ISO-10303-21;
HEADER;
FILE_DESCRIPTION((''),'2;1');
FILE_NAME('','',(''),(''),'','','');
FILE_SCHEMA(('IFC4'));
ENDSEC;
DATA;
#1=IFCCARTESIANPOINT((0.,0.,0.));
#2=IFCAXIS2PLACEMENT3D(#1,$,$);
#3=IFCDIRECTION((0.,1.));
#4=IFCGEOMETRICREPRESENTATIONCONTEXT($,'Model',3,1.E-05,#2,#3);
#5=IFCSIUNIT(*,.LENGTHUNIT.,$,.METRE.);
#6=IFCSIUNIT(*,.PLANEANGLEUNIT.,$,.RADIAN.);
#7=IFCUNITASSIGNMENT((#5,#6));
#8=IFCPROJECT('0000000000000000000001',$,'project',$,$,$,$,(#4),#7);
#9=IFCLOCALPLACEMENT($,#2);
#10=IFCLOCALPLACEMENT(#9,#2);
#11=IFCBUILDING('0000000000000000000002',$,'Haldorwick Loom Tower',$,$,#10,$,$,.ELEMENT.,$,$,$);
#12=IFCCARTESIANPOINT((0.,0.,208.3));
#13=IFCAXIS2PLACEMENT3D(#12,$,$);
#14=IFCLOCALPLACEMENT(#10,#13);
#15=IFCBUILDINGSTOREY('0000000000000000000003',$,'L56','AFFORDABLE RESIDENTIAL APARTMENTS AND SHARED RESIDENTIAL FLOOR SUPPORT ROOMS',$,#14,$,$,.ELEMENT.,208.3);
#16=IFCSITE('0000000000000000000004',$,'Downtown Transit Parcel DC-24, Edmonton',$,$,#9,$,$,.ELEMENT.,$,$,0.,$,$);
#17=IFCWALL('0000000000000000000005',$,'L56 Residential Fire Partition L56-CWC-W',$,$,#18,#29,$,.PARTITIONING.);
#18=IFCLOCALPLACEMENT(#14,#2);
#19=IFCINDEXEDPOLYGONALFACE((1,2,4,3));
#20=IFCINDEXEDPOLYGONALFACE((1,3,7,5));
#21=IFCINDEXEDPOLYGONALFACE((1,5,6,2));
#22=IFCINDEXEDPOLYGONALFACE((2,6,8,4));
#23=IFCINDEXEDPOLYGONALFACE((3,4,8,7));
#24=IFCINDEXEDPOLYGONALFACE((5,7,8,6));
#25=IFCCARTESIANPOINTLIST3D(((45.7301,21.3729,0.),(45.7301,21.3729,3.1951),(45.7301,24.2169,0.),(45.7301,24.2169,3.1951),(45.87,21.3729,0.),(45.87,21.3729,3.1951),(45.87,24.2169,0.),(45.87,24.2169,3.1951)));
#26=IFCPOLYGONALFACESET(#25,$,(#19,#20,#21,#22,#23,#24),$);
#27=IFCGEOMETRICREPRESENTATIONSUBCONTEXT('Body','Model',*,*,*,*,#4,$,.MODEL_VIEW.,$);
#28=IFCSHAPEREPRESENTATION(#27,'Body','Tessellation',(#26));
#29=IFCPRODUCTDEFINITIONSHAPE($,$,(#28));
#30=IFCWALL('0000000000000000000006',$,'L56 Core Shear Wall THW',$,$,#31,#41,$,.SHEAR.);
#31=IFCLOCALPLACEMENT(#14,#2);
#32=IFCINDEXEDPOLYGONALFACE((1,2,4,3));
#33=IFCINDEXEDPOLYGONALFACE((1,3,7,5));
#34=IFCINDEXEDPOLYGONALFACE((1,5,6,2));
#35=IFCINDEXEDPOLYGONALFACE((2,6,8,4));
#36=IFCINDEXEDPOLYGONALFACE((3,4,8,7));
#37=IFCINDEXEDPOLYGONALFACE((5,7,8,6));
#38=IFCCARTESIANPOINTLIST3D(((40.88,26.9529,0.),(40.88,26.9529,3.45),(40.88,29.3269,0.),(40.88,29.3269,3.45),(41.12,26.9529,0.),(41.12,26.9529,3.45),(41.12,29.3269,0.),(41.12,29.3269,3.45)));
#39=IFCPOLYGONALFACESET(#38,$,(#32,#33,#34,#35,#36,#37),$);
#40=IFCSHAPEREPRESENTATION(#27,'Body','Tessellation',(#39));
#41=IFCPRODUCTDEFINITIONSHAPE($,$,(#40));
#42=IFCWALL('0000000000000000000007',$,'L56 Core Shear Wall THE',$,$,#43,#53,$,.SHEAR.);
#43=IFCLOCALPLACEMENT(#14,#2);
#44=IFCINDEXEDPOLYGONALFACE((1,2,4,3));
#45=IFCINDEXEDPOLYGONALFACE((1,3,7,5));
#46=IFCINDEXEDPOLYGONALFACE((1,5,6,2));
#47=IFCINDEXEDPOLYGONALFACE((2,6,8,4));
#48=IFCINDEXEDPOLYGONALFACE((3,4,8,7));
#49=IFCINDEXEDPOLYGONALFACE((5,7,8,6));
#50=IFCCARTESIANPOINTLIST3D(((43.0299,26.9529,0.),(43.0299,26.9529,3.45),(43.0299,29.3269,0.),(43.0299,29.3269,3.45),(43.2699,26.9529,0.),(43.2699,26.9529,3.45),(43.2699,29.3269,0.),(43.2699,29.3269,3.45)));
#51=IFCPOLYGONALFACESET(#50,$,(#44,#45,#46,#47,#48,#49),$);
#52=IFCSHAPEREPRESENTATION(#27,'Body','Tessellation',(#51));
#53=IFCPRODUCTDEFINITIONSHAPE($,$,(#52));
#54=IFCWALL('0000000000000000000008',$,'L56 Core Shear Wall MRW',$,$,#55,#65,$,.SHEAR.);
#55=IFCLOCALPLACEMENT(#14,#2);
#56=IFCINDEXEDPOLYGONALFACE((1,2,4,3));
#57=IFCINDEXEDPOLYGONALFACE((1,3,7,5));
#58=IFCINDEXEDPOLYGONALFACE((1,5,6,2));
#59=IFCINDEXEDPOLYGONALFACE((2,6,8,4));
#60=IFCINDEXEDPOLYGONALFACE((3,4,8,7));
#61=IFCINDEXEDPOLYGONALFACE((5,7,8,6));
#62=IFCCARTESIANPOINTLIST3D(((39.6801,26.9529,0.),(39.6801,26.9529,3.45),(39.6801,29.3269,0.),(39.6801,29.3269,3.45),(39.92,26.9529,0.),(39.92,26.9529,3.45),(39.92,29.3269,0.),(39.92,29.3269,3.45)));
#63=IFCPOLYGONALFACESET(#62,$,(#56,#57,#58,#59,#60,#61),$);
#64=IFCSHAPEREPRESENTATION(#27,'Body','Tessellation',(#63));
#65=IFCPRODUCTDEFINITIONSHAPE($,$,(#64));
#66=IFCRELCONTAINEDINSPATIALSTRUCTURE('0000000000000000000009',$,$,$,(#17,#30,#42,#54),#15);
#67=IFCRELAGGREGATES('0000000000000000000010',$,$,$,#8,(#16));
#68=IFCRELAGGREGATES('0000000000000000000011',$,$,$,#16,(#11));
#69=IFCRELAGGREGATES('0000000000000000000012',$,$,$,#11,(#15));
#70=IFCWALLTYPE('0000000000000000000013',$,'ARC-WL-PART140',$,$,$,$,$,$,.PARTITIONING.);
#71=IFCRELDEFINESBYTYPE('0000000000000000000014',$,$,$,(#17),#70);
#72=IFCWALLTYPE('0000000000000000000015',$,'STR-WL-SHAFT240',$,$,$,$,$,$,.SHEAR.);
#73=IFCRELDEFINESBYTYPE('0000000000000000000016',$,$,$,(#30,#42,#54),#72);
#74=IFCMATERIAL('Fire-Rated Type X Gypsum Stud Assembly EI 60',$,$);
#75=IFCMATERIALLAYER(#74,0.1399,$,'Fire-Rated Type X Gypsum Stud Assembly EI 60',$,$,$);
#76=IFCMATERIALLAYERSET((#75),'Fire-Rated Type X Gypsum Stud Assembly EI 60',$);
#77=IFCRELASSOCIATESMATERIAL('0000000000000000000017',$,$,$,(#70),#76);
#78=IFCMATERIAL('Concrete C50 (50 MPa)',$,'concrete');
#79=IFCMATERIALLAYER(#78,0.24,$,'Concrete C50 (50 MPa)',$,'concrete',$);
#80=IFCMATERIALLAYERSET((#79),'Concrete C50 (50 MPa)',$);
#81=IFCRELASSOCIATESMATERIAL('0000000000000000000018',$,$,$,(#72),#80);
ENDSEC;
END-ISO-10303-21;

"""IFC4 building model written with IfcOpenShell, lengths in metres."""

from ifc_helpers import new_model, si_unit, direction, frame, frame_2d, origin, place, context, subcontext, project, spatial, rectangle, extrude, material, layer, layer_set, type_object, element, save


model = new_model("IFC4")

# Units and contexts
model_context = context("Model", 3, precision=1e-05, world=origin(), true_north=direction((0.0, 1.0)))
body_context = subcontext(model_context, "Body", "Model", "MODEL_VIEW")
ifc_project = project(units=[si_unit("LENGTHUNIT", "METRE"), si_unit("PLANEANGLEUNIT", "RADIAN")], contexts=[model_context])

# Site, building, storey
site_placement = place(None, origin())
site = spatial("IfcSite", under=ifc_project, at=site_placement, Name="Downtown Transit Parcel DC-24, Edmonton", CompositionType="ELEMENT", RefElevation=0.0)
building_placement = place(site_placement, origin())
building = spatial("IfcBuilding", under=site, at=building_placement, Name="Haldorwick Loom Tower", CompositionType="ELEMENT")
storey_placement = place(building_placement, frame((0.0, 0.0, 208.3)))
storey = spatial("IfcBuildingStorey", under=building, at=storey_placement, Name="L56", Description="AFFORDABLE RESIDENTIAL APARTMENTS AND SHARED RESIDENTIAL FLOOR SUPPORT ROOMS", CompositionType="ELEMENT", Elevation=208.3)

# Shared definitions
ifc_material_1 = material(Name="Concrete C50 (50 MPa)", Category="concrete")

# Walls
ifc_material_2 = material(Name="Fire-Rated Type X Gypsum Stud Assembly EI 60")
ifc_layer_1 = layer(ifc_material_2, 0.1399, Name="Fire-Rated Type X Gypsum Stud Assembly EI 60")
ifc_layer_set_1 = layer_set([ifc_layer_1], Name="Fire-Rated Type X Gypsum Stud Assembly EI 60")
wall_type_1 = type_object("IfcWallType", Name="ARC-WL-PART140", PredefinedType="PARTITIONING", material=ifc_layer_set_1)
wall_1_placement = place(storey_placement, frame((45.8, 21.373, 0.0), z_axis=(0.0, 0.0, 1.0), x_axis=(0.0, 1.0, 0.0)))
element("IfcWall", 1, at=wall_1_placement, inside=storey, type_object=wall_type_1, Name="L56 Residential Fire Partition L56-CWC-W", PredefinedType="PARTITIONING", context=body_context, shape_type="SweptSolid", body=[
    extrude(rectangle(XDim=2.844, YDim=0.1399, at=frame_2d((1.4219, 0.0))), origin(), (0.0, 0.0, 1.0), 3.1951),
])
ifc_layer_2 = layer(ifc_material_1, 0.24, Name="Concrete C50 (50 MPa)", Category="concrete")
ifc_layer_set_2 = layer_set([ifc_layer_2], Name="Concrete C50 (50 MPa)")
wall_type_2 = type_object("IfcWallType", Name="STR-WL-SHAFT240", PredefinedType="SHEAR", material=ifc_layer_set_2)
for number, where, z_axis, x_axis, name in (
    (2, (41.0, 26.9529, 0.0), (0.0, 0.0, 1.0), (0.0, 1.0, 0.0), "L56 Core Shear Wall THW"),
    (3, (43.1499, 26.9529, 0.0), (0.0, 0.0, 1.0), (0.0, 1.0, 0.0), "L56 Core Shear Wall THE"),
    (4, (39.8, 26.9529, 0.0), (0.0, 0.0, 1.0), (0.0, 1.0, 0.0), "L56 Core Shear Wall MRW"),
):
    element("IfcWall", number, at=place(storey_placement, frame(where, z_axis=z_axis, x_axis=x_axis)), inside=storey, type_object=wall_type_2, Name=name, PredefinedType="SHEAR", context=body_context, shape_type="SweptSolid", body=[
        extrude(rectangle(XDim=2.374, YDim=0.24, at=frame_2d((1.187, 0.0))), origin(), (0.0, 0.0, 1.0), 3.45),
    ])

save(model, "model.ifc")
